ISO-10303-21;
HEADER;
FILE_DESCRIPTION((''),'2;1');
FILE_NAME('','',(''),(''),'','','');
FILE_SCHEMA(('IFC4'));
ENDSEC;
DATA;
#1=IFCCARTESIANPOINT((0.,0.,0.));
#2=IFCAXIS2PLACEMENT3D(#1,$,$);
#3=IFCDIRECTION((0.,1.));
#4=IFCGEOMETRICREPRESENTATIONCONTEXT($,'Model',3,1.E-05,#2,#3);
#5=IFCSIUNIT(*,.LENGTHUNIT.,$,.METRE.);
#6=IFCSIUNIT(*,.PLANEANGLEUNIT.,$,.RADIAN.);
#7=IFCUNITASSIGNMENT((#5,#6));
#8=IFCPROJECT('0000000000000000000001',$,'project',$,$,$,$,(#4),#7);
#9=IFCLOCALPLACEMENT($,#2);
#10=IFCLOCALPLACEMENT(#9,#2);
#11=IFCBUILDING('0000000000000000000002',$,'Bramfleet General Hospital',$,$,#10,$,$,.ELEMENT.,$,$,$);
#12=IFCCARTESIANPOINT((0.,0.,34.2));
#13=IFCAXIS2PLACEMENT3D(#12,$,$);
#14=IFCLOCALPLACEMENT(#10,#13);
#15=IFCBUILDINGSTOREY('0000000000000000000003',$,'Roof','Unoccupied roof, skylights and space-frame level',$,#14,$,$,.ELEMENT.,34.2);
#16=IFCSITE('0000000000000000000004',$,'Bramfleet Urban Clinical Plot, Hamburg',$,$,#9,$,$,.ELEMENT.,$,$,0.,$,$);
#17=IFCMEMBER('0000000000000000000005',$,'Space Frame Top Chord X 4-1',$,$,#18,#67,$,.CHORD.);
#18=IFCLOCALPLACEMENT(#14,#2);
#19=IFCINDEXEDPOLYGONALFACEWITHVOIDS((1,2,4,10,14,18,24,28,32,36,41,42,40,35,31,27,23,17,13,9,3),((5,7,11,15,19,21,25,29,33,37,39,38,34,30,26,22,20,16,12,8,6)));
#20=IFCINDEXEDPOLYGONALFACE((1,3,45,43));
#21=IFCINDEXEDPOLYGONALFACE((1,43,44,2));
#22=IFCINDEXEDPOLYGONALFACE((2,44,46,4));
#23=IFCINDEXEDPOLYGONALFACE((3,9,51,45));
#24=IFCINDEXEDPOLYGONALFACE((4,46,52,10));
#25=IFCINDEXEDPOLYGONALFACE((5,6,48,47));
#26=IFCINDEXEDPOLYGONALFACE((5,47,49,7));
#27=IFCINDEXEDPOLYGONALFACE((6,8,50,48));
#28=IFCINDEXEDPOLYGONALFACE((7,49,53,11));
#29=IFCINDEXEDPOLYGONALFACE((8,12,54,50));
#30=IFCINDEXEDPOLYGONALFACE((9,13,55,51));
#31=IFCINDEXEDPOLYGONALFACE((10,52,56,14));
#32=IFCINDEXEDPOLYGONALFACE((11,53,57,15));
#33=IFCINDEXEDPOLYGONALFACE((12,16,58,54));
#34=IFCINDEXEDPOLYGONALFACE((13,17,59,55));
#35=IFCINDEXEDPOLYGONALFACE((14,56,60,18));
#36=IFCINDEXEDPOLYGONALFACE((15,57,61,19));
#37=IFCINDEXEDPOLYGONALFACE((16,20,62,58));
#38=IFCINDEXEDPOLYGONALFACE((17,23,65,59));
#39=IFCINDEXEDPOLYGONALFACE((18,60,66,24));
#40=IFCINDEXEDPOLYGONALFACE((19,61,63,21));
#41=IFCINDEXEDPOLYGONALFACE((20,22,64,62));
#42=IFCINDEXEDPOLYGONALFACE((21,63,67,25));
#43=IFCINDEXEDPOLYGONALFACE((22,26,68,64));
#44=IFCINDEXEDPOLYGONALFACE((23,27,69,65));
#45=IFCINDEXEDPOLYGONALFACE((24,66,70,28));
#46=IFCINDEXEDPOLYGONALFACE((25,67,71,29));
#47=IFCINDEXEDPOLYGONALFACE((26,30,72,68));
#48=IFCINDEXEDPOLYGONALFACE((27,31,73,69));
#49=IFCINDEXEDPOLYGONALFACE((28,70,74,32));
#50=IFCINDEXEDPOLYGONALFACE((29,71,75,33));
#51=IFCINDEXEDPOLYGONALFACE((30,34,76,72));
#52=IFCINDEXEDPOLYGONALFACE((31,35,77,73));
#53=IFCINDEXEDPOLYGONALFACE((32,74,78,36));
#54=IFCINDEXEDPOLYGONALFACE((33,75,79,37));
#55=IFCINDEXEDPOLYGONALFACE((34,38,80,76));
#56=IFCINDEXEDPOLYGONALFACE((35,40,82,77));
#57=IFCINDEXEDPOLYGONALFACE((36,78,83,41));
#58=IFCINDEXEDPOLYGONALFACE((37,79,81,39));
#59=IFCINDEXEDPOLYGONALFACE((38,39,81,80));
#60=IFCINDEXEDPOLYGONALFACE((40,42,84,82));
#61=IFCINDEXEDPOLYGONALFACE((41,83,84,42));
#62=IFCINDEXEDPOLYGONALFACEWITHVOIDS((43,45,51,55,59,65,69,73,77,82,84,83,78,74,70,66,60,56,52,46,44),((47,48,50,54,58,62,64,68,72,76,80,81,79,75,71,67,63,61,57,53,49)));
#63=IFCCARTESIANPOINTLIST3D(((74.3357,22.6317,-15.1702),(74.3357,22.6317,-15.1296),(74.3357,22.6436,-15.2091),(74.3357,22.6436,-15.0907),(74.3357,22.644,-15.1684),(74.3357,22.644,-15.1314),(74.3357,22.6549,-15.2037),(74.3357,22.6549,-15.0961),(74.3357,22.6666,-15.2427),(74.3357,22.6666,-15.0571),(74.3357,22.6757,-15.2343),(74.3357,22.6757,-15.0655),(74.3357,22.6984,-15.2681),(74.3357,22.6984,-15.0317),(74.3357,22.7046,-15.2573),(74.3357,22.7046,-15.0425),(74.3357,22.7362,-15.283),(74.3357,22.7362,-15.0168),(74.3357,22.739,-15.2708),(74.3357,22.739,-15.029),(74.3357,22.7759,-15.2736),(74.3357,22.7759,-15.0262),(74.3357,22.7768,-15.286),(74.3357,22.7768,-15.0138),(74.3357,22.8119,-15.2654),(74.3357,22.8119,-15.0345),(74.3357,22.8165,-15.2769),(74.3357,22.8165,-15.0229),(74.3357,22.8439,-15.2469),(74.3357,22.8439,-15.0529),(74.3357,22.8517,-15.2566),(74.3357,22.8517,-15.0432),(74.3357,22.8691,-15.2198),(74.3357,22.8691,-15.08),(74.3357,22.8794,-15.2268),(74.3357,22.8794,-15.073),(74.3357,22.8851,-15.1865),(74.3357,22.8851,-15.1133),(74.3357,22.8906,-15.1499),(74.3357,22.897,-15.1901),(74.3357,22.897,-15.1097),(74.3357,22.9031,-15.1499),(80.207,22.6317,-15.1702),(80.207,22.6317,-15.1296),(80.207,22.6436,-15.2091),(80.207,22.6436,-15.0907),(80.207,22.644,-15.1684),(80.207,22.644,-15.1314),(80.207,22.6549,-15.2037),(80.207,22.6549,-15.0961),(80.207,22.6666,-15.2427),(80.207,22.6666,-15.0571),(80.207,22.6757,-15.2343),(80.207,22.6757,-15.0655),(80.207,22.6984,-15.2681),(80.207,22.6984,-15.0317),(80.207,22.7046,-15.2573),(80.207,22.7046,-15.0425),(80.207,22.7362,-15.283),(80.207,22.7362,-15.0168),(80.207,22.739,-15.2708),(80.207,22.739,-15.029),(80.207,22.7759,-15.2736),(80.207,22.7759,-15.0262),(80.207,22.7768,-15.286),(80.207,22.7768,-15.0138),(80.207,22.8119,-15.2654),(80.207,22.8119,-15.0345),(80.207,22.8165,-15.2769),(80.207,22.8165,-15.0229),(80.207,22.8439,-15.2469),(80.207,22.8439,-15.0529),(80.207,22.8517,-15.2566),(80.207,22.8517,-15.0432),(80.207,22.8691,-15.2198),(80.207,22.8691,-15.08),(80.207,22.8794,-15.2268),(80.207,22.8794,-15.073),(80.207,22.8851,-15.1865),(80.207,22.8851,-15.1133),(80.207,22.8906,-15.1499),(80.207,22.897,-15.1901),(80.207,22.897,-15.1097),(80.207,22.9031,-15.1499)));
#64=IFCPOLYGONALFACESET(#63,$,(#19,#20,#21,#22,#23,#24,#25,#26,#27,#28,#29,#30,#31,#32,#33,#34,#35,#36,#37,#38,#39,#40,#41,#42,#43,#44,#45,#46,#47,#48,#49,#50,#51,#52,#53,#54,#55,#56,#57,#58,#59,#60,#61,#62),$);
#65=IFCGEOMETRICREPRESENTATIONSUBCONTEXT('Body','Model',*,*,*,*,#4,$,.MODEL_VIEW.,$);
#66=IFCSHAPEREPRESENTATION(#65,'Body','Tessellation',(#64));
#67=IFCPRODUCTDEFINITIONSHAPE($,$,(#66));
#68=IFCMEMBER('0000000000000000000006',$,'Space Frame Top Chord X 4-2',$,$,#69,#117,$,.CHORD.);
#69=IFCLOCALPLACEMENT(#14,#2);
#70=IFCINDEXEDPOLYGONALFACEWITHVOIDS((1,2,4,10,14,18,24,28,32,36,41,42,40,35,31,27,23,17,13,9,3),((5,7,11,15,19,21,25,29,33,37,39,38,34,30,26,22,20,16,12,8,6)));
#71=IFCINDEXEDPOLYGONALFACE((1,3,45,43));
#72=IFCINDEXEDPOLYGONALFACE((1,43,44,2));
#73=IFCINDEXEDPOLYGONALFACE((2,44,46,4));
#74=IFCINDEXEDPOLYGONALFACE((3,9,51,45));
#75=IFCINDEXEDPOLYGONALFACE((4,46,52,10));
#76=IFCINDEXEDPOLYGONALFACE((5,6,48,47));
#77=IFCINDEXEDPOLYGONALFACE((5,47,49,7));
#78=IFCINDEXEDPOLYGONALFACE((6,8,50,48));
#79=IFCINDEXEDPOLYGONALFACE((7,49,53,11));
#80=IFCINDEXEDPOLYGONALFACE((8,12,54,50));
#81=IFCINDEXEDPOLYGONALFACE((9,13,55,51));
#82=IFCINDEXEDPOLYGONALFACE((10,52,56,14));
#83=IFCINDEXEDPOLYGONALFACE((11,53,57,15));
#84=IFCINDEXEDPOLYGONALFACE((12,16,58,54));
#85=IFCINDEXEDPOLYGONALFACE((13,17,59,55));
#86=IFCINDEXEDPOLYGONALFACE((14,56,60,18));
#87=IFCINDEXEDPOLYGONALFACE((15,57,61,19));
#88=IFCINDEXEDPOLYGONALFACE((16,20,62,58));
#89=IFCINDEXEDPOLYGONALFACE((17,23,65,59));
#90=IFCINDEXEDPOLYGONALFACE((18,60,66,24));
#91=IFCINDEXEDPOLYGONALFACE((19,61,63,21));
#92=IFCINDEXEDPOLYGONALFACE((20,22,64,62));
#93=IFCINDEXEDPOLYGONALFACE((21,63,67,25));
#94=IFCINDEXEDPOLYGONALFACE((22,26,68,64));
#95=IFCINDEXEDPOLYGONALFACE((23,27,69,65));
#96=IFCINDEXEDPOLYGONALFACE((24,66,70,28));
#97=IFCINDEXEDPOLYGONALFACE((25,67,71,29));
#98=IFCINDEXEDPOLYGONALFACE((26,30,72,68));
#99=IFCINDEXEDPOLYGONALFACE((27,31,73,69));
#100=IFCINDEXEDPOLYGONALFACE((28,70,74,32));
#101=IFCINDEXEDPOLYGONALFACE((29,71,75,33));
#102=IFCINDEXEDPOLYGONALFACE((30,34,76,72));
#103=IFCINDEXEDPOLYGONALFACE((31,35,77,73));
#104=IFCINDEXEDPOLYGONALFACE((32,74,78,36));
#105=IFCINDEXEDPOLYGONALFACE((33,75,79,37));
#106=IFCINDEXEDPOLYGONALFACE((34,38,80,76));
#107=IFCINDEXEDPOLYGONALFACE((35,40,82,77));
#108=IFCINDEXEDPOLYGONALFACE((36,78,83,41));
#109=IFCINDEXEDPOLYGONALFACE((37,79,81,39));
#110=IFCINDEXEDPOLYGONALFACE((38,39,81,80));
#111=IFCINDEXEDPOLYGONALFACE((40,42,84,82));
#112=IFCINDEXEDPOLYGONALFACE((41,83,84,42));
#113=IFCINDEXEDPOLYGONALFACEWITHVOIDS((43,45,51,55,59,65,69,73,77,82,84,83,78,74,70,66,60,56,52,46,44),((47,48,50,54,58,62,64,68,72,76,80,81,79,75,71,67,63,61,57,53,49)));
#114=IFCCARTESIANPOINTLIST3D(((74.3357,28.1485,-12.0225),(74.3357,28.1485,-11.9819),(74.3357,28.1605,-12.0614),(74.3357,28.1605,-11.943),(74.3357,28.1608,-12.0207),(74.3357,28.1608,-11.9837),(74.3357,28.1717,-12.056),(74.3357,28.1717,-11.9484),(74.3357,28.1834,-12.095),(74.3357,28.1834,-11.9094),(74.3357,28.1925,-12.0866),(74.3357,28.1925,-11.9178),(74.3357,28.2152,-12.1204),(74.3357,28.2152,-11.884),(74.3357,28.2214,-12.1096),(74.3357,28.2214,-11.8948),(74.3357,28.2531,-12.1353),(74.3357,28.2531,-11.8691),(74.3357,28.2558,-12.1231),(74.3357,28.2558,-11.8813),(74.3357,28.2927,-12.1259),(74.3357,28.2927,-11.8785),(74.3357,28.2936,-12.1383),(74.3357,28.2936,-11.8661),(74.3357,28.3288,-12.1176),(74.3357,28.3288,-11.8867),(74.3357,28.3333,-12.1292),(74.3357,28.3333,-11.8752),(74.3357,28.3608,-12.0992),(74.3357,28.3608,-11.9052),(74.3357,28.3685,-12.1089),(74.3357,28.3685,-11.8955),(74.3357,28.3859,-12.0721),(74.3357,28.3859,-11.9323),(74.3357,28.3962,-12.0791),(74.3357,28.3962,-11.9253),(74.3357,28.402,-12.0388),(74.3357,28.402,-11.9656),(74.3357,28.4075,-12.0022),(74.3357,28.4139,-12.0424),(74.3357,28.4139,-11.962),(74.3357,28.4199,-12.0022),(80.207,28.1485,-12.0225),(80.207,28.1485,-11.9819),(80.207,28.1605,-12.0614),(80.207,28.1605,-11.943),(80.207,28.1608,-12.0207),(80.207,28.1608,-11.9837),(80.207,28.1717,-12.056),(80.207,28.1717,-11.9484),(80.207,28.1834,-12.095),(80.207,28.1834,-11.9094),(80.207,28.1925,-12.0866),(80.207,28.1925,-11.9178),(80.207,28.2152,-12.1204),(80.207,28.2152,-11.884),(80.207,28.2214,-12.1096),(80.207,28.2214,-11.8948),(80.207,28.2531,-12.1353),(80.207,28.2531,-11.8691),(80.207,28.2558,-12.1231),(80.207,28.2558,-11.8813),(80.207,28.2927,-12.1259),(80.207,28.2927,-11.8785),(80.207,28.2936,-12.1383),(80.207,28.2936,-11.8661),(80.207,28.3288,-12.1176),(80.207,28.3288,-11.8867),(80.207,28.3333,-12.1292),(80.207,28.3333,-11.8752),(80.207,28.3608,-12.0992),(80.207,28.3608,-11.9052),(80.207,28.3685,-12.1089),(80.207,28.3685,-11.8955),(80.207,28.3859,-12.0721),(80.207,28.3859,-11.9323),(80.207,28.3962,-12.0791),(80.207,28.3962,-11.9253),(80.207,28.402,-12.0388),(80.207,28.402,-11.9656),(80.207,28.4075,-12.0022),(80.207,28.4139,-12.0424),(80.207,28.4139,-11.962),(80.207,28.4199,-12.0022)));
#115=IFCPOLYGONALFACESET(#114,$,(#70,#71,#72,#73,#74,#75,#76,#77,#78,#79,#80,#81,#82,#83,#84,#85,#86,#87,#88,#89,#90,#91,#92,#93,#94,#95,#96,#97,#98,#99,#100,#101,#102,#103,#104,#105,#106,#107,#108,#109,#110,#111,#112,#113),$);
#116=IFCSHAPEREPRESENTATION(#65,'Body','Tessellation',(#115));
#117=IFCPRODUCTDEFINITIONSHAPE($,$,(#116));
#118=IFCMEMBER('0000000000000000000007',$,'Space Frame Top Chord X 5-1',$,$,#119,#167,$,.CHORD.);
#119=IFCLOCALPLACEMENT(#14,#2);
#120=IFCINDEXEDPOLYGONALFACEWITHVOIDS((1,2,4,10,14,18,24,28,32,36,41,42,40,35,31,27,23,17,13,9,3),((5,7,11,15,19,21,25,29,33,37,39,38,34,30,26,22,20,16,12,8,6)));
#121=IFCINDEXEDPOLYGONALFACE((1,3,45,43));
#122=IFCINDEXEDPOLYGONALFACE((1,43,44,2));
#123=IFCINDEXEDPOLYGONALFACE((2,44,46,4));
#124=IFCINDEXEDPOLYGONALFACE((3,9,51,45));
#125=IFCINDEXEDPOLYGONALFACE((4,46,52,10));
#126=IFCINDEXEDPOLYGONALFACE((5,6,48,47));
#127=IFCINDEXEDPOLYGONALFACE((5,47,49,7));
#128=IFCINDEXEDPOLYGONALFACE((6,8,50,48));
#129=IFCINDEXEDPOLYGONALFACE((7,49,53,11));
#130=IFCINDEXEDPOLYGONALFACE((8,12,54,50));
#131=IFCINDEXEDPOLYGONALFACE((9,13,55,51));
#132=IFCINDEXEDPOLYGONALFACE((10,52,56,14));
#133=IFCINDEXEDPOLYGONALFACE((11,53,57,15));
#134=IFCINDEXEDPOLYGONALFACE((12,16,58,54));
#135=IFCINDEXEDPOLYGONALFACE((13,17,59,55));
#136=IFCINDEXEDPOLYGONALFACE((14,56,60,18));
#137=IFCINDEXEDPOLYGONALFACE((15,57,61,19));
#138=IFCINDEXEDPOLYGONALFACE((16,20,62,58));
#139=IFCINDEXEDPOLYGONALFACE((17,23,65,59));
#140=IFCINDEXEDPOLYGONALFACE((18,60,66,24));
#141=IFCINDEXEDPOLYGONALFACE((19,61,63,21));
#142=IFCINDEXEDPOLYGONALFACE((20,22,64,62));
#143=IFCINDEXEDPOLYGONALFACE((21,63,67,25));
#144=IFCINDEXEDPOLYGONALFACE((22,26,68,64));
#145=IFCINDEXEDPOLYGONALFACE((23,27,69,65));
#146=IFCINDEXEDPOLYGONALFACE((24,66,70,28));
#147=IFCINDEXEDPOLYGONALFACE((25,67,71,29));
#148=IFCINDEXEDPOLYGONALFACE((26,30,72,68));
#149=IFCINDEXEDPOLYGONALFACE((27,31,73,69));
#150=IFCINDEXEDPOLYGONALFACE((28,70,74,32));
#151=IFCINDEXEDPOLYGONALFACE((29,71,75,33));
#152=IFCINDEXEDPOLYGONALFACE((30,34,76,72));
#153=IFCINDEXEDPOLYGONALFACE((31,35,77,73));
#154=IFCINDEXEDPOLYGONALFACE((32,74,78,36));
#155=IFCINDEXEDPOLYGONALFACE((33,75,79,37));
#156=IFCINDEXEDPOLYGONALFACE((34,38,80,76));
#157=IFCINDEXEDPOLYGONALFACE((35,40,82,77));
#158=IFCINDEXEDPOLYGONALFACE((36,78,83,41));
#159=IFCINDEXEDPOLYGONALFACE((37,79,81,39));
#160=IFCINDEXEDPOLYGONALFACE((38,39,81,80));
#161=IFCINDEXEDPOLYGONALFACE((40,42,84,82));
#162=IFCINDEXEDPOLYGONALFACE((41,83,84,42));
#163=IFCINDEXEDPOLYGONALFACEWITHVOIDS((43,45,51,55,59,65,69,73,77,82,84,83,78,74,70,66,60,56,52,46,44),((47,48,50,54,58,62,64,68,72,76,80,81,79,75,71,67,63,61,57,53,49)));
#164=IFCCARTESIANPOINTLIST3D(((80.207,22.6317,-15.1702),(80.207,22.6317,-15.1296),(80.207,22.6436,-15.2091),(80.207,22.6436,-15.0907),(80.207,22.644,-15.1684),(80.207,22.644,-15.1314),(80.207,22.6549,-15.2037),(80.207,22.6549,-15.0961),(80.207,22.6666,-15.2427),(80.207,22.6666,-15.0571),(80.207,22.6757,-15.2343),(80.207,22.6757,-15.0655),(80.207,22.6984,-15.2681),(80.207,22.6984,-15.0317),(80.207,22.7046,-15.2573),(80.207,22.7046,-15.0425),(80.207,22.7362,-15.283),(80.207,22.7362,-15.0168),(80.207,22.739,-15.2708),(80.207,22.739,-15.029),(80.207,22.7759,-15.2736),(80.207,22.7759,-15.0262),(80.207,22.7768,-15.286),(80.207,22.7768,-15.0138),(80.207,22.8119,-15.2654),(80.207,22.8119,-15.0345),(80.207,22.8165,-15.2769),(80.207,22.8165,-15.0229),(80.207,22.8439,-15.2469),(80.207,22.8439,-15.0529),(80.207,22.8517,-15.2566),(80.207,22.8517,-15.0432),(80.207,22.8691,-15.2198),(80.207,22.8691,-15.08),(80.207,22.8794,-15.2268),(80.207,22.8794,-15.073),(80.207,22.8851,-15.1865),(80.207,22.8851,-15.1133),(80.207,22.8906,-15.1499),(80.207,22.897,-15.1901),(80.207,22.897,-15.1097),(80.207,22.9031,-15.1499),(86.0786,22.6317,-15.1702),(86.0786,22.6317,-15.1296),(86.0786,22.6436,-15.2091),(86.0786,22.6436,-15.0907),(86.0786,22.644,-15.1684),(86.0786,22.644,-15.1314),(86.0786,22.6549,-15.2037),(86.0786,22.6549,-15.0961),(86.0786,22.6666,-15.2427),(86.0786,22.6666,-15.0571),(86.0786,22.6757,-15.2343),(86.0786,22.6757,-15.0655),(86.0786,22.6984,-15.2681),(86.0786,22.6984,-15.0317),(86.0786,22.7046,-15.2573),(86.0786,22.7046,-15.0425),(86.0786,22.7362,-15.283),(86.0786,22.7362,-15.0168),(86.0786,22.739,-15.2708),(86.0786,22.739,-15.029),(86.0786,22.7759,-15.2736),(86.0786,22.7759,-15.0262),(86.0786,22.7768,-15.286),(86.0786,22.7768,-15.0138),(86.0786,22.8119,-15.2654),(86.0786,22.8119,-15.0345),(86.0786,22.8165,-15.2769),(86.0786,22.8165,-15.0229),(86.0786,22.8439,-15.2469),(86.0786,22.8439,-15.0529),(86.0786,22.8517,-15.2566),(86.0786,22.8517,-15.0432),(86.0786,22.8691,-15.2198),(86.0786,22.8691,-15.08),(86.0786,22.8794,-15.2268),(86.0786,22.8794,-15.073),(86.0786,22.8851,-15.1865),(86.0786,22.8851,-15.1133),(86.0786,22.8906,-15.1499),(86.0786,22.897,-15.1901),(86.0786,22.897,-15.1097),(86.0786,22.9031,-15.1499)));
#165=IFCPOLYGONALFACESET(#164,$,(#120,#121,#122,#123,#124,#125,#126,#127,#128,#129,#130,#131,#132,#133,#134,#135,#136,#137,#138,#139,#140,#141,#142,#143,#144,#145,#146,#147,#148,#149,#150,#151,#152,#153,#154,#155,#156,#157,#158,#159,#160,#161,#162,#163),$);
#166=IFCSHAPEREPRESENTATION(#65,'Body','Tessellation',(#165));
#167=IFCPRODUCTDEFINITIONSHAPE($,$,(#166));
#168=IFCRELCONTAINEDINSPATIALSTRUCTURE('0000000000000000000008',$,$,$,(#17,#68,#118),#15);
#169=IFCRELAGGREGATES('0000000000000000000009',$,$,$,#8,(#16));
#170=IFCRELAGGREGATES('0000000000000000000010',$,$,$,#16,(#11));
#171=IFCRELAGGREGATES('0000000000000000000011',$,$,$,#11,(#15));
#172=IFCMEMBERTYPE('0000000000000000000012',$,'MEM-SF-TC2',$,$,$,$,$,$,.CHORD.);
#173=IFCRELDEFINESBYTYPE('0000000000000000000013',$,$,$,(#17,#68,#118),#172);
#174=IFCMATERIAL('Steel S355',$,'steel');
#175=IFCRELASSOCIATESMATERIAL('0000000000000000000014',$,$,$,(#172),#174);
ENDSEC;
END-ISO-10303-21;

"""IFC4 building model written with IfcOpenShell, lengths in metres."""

from ifc_helpers import new_model, si_unit, direction, frame, origin, origin_2d, place, context, subcontext, project, spatial, hollow_circle, extrude, material, material_profile, profile_set, type_object, element, save


model = new_model("IFC4")

# Units and contexts
model_context = context("Model", 3, precision=1e-05, world=origin(), true_north=direction((0.0, 1.0)))
body_context = subcontext(model_context, "Body", "Model", "MODEL_VIEW")
ifc_project = project(units=[si_unit("LENGTHUNIT", "METRE"), si_unit("PLANEANGLEUNIT", "RADIAN")], contexts=[model_context])

# Site, building, storey
site_placement = place(None, origin())
site = spatial("IfcSite", under=ifc_project, at=site_placement, Name="Bramfleet Urban Clinical Plot, Hamburg", CompositionType="ELEMENT", RefElevation=0.0)
building_placement = place(site_placement, origin())
building = spatial("IfcBuilding", under=site, at=building_placement, Name="Bramfleet General Hospital", CompositionType="ELEMENT")
storey_placement = place(building_placement, frame((0.0, 0.0, 34.2)))
storey = spatial("IfcBuildingStorey", under=building, at=storey_placement, Name="Roof", Description="Unoccupied roof, skylights and space-frame level", CompositionType="ELEMENT", Elevation=34.2)

# Members
ifc_material = material(Name="Steel S355", Category="steel")
ifc_material_profile_1 = material_profile(ifc_material, hollow_circle(Radius=0.1365, WallThickness=0.0125, at=origin_2d()), Name="CHS 273.0x12.5")
ifc_profile_set_1 = profile_set([ifc_material_profile_1], Name="Steel S355")
member_type_1 = type_object("IfcMemberType", Name="MEM-SF-TC2", PredefinedType="CHORD", material=ifc_profile_set_1)
for number, where, z_axis, x_axis, name in (
    (1, (74.3357, 22.7666, -15.1499), (1.0, 0.0, 0.0), (0.0, 1.0, 0.0), "Space Frame Top Chord X 4-1"),
    (2, (74.3357, 28.2834, -12.0022), (1.0, 0.0, 0.0), (0.0, 1.0, 0.0), "Space Frame Top Chord X 4-2"),
):
    element("IfcMember", number, at=place(storey_placement, frame(where, z_axis=z_axis, x_axis=x_axis)), inside=storey, type_object=member_type_1, Name=name, PredefinedType="CHORD", context=body_context, shape_type="SweptSolid", body=[
        extrude(hollow_circle(Radius=0.1365, WallThickness=0.0125, at=origin_2d()), origin(), (0.0, 0.0, 1.0), 5.8713),
    ])
for number, where, z_axis, x_axis, name in (
    (3, (80.207, 22.7666, -15.1499), (1.0, 0.0, 0.0), (0.0, 1.0, 0.0), "Space Frame Top Chord X 5-1"),
):
    element("IfcMember", number, at=place(storey_placement, frame(where, z_axis=z_axis, x_axis=x_axis)), inside=storey, type_object=member_type_1, Name=name, PredefinedType="CHORD", context=body_context, shape_type="SweptSolid", body=[
        extrude(hollow_circle(Radius=0.1365, WallThickness=0.0125, at=origin_2d()), origin(), (0.0, 0.0, 1.0), 5.8716),
    ])

save(model, "model.ifc")
